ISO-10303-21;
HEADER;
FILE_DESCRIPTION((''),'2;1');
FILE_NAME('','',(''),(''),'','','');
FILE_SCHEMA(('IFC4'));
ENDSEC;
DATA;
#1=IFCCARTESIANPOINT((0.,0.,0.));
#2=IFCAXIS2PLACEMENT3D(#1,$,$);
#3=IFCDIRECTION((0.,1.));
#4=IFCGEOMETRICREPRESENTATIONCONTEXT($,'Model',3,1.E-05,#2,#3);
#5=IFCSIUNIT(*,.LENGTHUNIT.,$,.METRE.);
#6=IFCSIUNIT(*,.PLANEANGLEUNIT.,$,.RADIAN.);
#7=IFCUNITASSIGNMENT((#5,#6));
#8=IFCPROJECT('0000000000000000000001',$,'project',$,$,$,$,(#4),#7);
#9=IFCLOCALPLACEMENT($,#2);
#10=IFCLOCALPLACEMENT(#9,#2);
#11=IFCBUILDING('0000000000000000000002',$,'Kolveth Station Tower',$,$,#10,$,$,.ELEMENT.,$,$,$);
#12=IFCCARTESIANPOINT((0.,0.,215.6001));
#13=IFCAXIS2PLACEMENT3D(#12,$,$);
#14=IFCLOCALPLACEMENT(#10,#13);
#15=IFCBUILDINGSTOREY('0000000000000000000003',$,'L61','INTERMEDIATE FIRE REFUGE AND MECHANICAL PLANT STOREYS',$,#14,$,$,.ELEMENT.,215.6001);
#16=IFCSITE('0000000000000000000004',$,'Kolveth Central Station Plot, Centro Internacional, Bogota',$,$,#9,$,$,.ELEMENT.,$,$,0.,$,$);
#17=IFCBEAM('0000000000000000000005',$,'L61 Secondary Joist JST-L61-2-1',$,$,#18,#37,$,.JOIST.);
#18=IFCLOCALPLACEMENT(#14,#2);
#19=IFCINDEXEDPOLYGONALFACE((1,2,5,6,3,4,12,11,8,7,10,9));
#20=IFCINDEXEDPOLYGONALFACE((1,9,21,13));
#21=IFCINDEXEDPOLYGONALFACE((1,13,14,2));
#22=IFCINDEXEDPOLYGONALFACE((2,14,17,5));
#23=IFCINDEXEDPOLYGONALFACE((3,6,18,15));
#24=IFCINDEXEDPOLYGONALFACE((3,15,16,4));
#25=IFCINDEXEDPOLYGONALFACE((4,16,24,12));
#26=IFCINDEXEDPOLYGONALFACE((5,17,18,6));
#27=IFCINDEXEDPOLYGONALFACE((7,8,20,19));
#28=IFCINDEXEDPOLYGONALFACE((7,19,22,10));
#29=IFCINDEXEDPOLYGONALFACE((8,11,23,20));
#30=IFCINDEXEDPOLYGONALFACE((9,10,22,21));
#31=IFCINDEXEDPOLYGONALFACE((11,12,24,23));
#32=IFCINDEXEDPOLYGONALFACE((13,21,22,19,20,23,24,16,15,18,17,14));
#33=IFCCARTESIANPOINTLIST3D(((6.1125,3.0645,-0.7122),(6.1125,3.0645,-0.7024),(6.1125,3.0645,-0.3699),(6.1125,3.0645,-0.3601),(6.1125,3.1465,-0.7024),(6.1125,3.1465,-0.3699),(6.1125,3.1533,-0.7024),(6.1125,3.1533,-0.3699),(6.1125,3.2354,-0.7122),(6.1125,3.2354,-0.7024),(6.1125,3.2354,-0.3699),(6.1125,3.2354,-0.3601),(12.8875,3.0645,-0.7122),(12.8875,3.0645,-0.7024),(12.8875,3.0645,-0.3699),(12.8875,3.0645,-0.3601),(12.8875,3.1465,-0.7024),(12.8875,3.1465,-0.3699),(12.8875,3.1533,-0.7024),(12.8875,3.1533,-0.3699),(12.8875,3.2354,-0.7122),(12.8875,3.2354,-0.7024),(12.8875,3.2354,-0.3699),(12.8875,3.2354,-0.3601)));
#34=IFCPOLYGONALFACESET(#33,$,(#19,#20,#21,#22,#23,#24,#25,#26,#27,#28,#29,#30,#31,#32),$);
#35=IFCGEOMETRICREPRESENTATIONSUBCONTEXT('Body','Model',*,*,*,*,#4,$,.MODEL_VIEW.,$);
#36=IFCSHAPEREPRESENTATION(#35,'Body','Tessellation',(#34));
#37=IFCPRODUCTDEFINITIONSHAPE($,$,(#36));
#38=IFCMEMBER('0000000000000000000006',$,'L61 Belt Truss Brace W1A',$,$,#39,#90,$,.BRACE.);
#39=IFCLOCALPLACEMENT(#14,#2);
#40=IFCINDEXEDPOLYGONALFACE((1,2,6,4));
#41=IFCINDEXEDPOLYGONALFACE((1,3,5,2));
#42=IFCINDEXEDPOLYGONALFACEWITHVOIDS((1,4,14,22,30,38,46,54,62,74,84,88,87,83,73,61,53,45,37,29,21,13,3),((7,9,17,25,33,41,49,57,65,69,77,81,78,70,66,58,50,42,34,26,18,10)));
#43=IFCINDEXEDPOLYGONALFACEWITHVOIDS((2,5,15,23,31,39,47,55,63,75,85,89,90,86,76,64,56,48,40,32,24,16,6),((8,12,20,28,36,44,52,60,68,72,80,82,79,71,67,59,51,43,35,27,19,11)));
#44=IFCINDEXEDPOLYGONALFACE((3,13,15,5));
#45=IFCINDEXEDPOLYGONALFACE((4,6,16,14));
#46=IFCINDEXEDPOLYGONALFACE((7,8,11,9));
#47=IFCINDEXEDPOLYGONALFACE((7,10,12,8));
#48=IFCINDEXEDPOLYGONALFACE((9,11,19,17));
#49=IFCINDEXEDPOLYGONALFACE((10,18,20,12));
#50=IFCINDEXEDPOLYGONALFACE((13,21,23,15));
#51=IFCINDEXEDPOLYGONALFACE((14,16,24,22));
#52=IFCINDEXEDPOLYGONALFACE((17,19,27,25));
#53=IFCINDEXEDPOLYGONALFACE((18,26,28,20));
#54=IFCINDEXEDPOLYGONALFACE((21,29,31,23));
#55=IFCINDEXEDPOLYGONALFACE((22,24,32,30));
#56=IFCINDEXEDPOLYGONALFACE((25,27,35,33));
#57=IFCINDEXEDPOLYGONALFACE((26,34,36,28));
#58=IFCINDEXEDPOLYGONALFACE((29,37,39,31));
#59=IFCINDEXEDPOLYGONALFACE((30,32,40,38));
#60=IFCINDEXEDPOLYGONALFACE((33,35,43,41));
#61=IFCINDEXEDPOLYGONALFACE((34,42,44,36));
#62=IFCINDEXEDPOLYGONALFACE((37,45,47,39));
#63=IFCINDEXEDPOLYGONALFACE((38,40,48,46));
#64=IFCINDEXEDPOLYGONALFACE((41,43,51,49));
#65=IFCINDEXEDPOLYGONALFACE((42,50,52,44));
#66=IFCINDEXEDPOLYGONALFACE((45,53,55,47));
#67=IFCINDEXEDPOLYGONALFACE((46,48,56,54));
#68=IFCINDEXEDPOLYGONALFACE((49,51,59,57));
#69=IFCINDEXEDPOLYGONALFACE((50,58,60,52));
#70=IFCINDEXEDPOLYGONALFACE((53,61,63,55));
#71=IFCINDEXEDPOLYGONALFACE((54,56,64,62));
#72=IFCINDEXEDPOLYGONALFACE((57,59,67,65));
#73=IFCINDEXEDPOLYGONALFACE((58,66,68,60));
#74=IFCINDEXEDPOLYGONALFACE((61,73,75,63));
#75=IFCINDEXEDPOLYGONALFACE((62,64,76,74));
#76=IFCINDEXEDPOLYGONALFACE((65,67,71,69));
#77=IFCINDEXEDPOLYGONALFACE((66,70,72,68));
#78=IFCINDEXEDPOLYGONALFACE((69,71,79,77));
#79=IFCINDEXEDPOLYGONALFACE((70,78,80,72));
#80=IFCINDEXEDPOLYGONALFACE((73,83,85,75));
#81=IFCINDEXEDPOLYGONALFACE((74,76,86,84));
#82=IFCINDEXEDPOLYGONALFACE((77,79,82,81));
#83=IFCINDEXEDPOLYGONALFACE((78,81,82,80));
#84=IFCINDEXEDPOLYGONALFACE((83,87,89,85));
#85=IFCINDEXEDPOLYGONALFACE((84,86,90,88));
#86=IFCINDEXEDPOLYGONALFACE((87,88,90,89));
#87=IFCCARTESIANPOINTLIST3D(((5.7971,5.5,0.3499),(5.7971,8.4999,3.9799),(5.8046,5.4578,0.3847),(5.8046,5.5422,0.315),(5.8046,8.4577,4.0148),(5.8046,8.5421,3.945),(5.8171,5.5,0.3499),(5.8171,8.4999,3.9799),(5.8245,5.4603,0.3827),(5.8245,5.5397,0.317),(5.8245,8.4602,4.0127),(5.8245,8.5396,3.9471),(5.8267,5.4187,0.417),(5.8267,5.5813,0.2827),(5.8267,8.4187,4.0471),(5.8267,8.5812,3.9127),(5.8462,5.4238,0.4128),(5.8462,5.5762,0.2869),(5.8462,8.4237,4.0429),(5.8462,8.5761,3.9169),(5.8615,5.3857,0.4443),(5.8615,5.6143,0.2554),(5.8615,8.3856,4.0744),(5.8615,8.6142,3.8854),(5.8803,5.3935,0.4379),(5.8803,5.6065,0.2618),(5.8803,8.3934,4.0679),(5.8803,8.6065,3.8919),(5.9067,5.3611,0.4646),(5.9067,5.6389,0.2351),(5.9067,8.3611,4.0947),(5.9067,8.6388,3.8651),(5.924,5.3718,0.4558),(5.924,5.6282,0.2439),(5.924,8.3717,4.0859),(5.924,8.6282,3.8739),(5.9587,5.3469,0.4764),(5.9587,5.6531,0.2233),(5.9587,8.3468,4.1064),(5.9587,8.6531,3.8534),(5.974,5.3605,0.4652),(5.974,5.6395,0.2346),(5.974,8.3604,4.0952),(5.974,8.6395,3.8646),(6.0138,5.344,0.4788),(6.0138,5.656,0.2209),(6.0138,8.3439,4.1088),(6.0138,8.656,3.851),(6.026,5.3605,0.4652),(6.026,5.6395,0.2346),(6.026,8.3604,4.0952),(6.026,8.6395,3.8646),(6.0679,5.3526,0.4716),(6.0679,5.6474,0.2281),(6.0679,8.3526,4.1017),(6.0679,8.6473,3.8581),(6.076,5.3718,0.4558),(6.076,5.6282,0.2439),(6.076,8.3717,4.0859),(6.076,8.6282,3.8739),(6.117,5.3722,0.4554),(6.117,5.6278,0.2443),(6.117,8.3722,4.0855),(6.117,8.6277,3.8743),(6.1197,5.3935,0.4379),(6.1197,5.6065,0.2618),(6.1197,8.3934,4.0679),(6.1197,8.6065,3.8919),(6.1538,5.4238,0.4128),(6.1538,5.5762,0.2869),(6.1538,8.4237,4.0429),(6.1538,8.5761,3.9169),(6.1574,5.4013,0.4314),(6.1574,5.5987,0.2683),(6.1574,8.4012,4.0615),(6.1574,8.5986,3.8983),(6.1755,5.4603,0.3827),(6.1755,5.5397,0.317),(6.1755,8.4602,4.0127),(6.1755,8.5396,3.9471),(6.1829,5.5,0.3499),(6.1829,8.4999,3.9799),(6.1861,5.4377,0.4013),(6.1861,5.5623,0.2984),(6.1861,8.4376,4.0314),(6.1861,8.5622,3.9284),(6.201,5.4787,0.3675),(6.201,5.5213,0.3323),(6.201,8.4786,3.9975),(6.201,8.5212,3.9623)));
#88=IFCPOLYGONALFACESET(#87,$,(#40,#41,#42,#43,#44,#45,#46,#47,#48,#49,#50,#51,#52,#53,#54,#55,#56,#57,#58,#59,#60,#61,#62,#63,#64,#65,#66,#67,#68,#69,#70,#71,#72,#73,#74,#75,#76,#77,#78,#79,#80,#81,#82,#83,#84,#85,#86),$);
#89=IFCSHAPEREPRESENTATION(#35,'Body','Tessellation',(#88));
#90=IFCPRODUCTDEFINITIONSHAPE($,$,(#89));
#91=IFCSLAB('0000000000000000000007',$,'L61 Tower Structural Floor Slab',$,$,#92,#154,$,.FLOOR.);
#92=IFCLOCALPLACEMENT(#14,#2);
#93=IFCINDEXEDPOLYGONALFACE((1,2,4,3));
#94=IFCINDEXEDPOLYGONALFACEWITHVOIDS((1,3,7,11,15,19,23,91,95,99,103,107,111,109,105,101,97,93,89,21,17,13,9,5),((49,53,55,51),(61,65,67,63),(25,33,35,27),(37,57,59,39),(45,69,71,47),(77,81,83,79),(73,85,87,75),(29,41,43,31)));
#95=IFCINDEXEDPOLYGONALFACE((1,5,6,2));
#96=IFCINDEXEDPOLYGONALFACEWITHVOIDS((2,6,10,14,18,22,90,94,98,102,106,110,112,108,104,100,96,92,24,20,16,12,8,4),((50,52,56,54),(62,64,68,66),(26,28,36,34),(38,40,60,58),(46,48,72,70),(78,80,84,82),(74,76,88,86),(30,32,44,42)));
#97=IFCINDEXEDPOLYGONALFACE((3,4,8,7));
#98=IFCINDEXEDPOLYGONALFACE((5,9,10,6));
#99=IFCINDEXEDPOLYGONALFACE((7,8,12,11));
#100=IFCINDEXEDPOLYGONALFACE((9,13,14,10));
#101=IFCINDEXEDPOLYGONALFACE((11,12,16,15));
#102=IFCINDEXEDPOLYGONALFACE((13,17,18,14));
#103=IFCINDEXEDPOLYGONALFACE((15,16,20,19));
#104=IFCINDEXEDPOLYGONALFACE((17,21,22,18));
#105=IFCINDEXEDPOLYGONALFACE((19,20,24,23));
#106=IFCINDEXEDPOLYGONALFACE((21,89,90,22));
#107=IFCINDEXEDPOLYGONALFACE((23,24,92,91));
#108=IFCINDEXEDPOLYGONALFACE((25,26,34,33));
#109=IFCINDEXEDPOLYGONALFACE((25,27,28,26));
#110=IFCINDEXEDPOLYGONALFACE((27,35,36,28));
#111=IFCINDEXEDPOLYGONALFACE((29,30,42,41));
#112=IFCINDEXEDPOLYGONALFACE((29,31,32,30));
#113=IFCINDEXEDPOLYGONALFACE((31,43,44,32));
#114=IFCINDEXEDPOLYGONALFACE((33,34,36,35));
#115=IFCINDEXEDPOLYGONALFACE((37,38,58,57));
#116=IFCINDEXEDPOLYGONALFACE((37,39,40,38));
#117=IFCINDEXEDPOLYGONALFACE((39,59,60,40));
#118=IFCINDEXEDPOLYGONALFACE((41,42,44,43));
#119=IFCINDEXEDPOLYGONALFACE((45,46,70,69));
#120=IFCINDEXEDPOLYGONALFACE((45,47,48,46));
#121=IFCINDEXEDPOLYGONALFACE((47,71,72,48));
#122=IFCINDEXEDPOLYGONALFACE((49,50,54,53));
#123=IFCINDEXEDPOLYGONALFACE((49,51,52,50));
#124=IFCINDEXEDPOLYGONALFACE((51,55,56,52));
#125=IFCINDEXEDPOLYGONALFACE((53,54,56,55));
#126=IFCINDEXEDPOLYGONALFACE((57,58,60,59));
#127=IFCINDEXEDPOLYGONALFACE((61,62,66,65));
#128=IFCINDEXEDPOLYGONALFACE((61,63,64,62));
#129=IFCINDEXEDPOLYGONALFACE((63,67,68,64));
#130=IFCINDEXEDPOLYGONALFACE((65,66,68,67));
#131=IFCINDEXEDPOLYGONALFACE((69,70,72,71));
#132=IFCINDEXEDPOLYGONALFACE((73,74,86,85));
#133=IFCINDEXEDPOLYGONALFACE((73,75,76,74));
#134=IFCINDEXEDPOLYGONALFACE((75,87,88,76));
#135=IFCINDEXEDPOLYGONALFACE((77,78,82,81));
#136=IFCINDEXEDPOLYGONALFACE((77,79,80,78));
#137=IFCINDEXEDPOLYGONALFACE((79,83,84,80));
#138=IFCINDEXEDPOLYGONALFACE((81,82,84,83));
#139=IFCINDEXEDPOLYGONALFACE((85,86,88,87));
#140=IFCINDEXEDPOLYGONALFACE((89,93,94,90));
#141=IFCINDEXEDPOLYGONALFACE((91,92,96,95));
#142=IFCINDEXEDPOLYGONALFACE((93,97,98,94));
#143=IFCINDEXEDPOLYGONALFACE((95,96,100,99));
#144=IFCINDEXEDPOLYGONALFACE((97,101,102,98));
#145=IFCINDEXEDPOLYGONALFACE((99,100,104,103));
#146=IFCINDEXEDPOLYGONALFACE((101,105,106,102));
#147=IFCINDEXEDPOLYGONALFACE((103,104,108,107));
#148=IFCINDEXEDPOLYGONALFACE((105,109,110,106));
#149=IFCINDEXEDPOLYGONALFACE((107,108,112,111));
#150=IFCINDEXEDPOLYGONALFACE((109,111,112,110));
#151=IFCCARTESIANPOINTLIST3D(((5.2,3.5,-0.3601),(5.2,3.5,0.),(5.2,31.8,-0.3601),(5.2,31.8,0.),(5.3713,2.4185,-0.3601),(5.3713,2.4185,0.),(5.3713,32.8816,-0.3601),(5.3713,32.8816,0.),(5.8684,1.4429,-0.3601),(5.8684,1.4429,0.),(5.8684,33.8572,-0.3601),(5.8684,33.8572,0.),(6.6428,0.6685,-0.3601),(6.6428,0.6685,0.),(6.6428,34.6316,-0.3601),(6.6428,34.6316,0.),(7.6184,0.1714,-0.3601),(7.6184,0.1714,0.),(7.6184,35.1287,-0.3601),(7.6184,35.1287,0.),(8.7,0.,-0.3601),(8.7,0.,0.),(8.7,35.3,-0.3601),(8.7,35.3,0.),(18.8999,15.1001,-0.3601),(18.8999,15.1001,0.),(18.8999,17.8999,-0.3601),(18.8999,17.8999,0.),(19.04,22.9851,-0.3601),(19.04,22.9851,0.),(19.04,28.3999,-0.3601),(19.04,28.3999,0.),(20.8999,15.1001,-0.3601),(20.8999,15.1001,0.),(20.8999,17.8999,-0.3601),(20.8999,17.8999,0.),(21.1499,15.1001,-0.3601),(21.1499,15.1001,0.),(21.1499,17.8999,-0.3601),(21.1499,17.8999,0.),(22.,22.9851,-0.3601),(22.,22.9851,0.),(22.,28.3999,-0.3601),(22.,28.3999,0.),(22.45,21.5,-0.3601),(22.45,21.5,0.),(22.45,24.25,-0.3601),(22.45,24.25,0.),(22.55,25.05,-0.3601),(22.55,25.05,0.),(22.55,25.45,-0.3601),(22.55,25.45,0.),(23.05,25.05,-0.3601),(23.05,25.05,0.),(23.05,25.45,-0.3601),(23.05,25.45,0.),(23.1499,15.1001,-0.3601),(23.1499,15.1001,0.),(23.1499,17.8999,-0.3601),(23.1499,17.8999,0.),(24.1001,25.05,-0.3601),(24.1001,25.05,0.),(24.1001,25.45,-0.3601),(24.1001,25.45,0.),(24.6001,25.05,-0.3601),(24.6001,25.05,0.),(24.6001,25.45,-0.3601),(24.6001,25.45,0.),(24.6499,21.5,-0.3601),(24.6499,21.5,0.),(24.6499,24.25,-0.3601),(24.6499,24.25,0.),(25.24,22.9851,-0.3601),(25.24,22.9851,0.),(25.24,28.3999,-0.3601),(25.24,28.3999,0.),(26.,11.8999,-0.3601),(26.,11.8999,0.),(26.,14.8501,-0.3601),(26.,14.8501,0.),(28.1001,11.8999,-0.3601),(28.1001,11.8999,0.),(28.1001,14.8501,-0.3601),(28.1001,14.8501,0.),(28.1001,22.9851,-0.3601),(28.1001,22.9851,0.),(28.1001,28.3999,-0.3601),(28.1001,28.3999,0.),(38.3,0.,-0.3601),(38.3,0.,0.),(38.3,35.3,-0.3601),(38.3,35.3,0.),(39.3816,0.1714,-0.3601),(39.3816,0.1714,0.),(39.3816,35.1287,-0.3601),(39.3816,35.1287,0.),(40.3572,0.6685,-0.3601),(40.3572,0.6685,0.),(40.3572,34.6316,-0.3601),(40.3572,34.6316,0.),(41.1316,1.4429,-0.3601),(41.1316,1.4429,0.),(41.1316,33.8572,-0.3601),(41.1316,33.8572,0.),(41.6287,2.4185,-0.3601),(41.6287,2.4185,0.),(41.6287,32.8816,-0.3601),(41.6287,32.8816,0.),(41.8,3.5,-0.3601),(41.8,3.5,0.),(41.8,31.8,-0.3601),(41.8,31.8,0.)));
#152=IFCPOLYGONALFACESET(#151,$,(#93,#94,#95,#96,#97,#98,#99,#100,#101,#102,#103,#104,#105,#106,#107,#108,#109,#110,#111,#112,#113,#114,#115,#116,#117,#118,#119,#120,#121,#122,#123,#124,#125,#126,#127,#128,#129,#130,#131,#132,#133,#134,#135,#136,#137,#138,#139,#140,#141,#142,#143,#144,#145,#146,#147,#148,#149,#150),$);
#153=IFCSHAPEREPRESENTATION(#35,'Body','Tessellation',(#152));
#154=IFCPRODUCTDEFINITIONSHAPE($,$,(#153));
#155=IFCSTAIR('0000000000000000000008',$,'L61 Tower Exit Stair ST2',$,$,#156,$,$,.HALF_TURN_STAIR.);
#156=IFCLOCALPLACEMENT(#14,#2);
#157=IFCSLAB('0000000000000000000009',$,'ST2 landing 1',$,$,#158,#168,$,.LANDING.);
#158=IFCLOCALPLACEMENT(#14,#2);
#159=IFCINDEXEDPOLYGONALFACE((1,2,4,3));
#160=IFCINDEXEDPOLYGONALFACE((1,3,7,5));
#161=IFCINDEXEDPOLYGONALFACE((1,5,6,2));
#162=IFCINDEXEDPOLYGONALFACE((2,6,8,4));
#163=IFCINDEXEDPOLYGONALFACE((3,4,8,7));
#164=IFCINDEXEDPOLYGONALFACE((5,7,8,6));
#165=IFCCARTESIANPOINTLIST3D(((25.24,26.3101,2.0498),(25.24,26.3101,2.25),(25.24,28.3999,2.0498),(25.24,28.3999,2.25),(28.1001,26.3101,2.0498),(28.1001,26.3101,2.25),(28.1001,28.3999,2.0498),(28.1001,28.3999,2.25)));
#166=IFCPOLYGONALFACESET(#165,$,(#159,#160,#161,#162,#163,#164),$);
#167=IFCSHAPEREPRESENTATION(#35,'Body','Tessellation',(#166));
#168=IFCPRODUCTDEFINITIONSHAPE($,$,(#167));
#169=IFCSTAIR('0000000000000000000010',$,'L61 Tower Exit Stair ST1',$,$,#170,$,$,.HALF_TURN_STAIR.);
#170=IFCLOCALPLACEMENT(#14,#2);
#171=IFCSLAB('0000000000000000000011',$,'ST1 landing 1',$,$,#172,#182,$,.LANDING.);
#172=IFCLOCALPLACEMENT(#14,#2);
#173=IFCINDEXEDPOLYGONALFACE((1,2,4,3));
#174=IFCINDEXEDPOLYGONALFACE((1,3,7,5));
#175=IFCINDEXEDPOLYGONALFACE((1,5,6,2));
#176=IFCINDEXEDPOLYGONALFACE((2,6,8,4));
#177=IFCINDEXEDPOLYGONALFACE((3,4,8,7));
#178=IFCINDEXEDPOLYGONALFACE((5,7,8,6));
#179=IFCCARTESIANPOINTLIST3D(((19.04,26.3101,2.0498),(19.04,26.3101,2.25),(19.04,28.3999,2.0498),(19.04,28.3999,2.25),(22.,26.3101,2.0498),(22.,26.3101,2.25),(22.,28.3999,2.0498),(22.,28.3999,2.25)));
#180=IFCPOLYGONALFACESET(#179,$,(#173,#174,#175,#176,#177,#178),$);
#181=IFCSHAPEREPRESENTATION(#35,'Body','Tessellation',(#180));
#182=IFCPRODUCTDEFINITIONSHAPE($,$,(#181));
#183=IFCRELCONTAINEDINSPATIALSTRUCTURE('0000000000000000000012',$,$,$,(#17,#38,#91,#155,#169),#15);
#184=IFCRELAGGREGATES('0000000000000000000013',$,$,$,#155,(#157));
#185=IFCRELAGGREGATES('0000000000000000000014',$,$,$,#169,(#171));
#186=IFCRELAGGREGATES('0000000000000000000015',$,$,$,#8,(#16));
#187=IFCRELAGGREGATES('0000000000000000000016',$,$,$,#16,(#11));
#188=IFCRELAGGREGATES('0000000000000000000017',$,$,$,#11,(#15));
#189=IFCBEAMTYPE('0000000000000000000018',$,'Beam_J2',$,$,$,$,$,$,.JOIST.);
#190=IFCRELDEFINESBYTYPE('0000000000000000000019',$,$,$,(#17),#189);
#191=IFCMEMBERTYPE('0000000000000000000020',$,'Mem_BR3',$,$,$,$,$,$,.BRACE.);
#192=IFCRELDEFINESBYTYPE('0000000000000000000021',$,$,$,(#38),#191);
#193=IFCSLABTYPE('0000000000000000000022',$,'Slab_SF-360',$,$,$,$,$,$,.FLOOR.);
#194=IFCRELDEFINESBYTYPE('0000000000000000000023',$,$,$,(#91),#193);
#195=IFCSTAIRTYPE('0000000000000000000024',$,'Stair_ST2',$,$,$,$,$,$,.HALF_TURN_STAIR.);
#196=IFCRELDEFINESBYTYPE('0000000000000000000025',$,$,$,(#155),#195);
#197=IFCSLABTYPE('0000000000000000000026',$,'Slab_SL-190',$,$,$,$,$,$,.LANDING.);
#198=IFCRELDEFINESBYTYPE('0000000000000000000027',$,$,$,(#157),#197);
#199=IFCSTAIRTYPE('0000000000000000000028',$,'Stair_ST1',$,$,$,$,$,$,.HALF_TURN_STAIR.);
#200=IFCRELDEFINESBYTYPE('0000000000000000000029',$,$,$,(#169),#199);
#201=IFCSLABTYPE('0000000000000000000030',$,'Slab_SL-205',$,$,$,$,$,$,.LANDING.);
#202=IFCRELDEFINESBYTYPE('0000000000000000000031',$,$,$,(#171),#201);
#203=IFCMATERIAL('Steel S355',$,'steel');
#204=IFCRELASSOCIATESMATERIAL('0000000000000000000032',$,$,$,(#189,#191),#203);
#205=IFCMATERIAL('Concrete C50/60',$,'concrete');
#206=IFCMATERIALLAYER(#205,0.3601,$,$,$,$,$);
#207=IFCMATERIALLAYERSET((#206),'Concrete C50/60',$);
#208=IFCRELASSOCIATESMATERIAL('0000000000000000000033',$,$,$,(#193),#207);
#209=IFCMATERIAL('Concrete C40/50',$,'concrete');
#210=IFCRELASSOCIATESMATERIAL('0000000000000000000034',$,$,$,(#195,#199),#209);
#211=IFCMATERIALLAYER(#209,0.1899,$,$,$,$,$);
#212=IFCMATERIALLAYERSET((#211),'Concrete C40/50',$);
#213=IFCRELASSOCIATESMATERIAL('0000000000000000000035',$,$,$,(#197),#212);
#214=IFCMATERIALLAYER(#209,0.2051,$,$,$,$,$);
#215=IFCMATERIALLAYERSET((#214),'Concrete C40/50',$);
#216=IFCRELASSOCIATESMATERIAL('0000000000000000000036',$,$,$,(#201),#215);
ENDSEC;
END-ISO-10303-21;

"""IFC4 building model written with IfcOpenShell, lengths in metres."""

from ifc_helpers import new_model, si_unit, direction, frame, origin, origin_2d, place, context, subcontext, project, spatial, polyline, hollow_circle, i_section, outline, extrude, source, transform, mapped, material, layer, layer_set, material_profile, profile_set, type_object, element, aggregate, save


model = new_model("IFC4")

# Units and contexts
model_context = context("Model", 3, precision=1e-05, world=origin(), true_north=direction((0.0, 1.0)))
body_context = subcontext(model_context, "Body", "Model", "MODEL_VIEW")
ifc_project = project(units=[si_unit("LENGTHUNIT", "METRE"), si_unit("PLANEANGLEUNIT", "RADIAN")], contexts=[model_context])

# Site, building, storey
site_placement = place(None, origin())
site = spatial("IfcSite", under=ifc_project, at=site_placement, Name="Kolveth Central Station Plot, Centro Internacional, Bogota", CompositionType="ELEMENT", RefElevation=0.0)
building_placement = place(site_placement, origin())
building = spatial("IfcBuilding", under=site, at=building_placement, Name="Kolveth Station Tower", CompositionType="ELEMENT")
storey_placement = place(building_placement, frame((0.0, 0.0, 215.6001)))
storey = spatial("IfcBuildingStorey", under=building, at=storey_placement, Name="L61", Description="INTERMEDIATE FIRE REFUGE AND MECHANICAL PLANT STOREYS", CompositionType="ELEMENT", Elevation=215.6001)

# Shared definitions
ifc_material_1 = material(Name="Steel S355", Category="steel")

# Beam
ifc_material_profile_1 = material_profile(ifc_material_1, i_section(OverallWidth=0.1709, OverallDepth=0.3521, WebThickness=0.0068, FlangeThickness=0.0098, at=origin_2d()), Name="W360x44")
ifc_profile_set_1 = profile_set([ifc_material_profile_1], Name="Steel S355")
beam_type_1 = type_object("IfcBeamType", Name="Beam_J2", PredefinedType="JOIST", material=ifc_profile_set_1)
shared_shape_1 = source(origin(), body_context, "Body", "SweptSolid", [
    extrude(i_section(OverallWidth=0.1709, OverallDepth=0.3521, WebThickness=0.0068, FlangeThickness=0.0098, at=origin_2d()), origin(), (0.0, 0.0, 1.0), 6.7749),
])
beam_1_placement = place(storey_placement, frame((6.1125, 3.1499, -0.5361), z_axis=(1.0, 0.0, 0.0), x_axis=(0.0, 1.0, 0.0)))
element("IfcBeam", 1, at=beam_1_placement, inside=storey, type_object=beam_type_1, Name="L61 Secondary Joist JST-L61-2-1", PredefinedType="JOIST", context=body_context, shape_type="MappedRepresentation", body=[
    mapped(shared_shape_1, transform((0.0, 0.0, 0.0), x_axis=(1.0, 0.0, 0.0), y_axis=(0.0, 1.0, 0.0), z_axis=(0.0, 0.0, 1.0), scale=1.0)),
])

# Member
ifc_material_profile_2 = material_profile(ifc_material_1, hollow_circle(Radius=0.2029, WallThickness=0.02, at=origin_2d()), Name="CHS406x20")
ifc_profile_set_2 = profile_set([ifc_material_profile_2], Name="Steel S355")
member_type = type_object("IfcMemberType", Name="Mem_BR3", PredefinedType="BRACE", material=ifc_profile_set_2)
shared_shape_2 = source(origin(), body_context, "Body", "SweptSolid", [
    extrude(hollow_circle(Radius=0.2029, WallThickness=0.02, at=origin_2d()), origin(), (0.0, 0.0, 1.0), 4.7092),
])
member_placement = place(storey_placement, frame((6.0, 5.5, 0.3499), z_axis=(0.0, 0.637033, 0.770837), x_axis=(-1.0, 0.0, 0.0)))
element("IfcMember", 2, at=member_placement, inside=storey, type_object=member_type, Name="L61 Belt Truss Brace W1A", PredefinedType="BRACE", context=body_context, shape_type="MappedRepresentation", body=[
    mapped(shared_shape_2, transform((0.0, 0.0, 0.0), x_axis=(1.0, 0.0, 0.0), y_axis=(0.0, 1.0, 0.0), z_axis=(0.0, 0.0, 1.0), scale=1.0)),
])

# Slab
ifc_material_2 = material(Name="Concrete C50/60", Category="concrete")
ifc_layer_1 = layer(ifc_material_2, 0.3601)
ifc_layer_set_1 = layer_set([ifc_layer_1], Name="Concrete C50/60")
slab_type_1 = type_object("IfcSlabType", Name="Slab_SF-360", PredefinedType="FLOOR", material=ifc_layer_set_1)
slab_1_placement = place(storey_placement, frame((0.0, 0.0, -0.3601)))
element("IfcSlab", 3, at=slab_1_placement, inside=storey, type_object=slab_type_1, Name="L61 Tower Structural Floor Slab", PredefinedType="FLOOR", context=body_context, shape_type="SweptSolid", body=[
    extrude(outline(polyline([(38.3, 0.0), (39.3816, 0.1714), (40.3572, 0.6685), (41.1316, 1.4429), (41.6287, 2.4185), (41.8, 3.5), (41.8, 31.8), (41.6287, 32.8816), (41.1316, 33.8572), (40.3572, 34.6316), (39.3816, 35.1287), (38.3, 35.3), (8.7, 35.3), (7.6184, 35.1287), (6.6428, 34.6316), (5.8684, 33.8572), (5.3713, 32.8816), (5.2, 31.8), (5.2, 3.5), (5.3713, 2.4185), (5.8684, 1.4429), (6.6428, 0.6685), (7.6184, 0.1714), (8.7, 0.0), (38.3, 0.0)]), holes=[polyline([(19.04, 22.9851), (22.0, 22.9851), (22.0, 28.3999), (19.04, 28.3999), (19.04, 22.9851)]), polyline([(25.24, 22.9851), (28.1001, 22.9851), (28.1001, 28.3999), (25.24, 28.3999), (25.24, 22.9851)]), polyline([(18.8999, 15.1001), (20.8999, 15.1001), (20.8999, 17.8999), (18.8999, 17.8999), (18.8999, 15.1001)]), polyline([(21.1499, 15.1001), (23.1499, 15.1001), (23.1499, 17.8999), (21.1499, 17.8999), (21.1499, 15.1001)]), polyline([(22.45, 21.5), (24.6499, 21.5), (24.6499, 24.25), (22.45, 24.25), (22.45, 21.5)]), polyline([(26.0, 11.8999), (28.1001, 11.8999), (28.1001, 14.8501), (26.0, 14.8501), (26.0, 11.8999)]), polyline([(22.55, 25.05), (23.05, 25.05), (23.05, 25.45), (22.55, 25.45), (22.55, 25.05)]), polyline([(24.1001, 25.05), (24.6001, 25.05), (24.6001, 25.45), (24.1001, 25.45), (24.1001, 25.05)])]), origin(), (0.0, 0.0, 1.0), 0.3601),
])

# Stairs, slabs
ifc_material_3 = material(Name="Concrete C40/50", Category="concrete")
stair_type_1 = type_object("IfcStairType", Name="Stair_ST2", PredefinedType="HALF_TURN_STAIR", material=ifc_material_3)
stair_1_placement = place(storey_placement, origin())
stair_1 = element("IfcStair", 4, at=stair_1_placement, inside=storey, type_object=stair_type_1, Name="L61 Tower Exit Stair ST2", PredefinedType="HALF_TURN_STAIR")
ifc_layer_2 = layer(ifc_material_3, 0.1899)
ifc_layer_set_2 = layer_set([ifc_layer_2], Name="Concrete C40/50")
slab_type_2 = type_object("IfcSlabType", Name="Slab_SL-190", PredefinedType="LANDING", material=ifc_layer_set_2)
slab_2_placement = place(storey_placement, frame((0.0, 0.0, 2.0498)))
slab_2 = element("IfcSlab", 5, at=slab_2_placement, type_object=slab_type_2, Name="ST2 landing 1", PredefinedType="LANDING", context=body_context, shape_type="SweptSolid", body=[
    extrude(outline(polyline([(28.1001, 26.3101), (28.1001, 28.3999), (25.24, 28.3999), (25.24, 26.3101), (28.1001, 26.3101)])), origin(), (0.0, 0.0, 1.0), 0.2002),
])
aggregate(stair_1, [slab_2])
stair_type_2 = type_object("IfcStairType", Name="Stair_ST1", PredefinedType="HALF_TURN_STAIR", material=ifc_material_3)
stair_2_placement = place(storey_placement, origin())
stair_2 = element("IfcStair", 6, at=stair_2_placement, inside=storey, type_object=stair_type_2, Name="L61 Tower Exit Stair ST1", PredefinedType="HALF_TURN_STAIR")
ifc_layer_3 = layer(ifc_material_3, 0.2051)
ifc_layer_set_3 = layer_set([ifc_layer_3], Name="Concrete C40/50")
slab_type_3 = type_object("IfcSlabType", Name="Slab_SL-205", PredefinedType="LANDING", material=ifc_layer_set_3)
slab_3_placement = place(storey_placement, frame((0.0, 0.0, 2.0498)))
slab_3 = element("IfcSlab", 7, at=slab_3_placement, type_object=slab_type_3, Name="ST1 landing 1", PredefinedType="LANDING", context=body_context, shape_type="SweptSolid", body=[
    extrude(outline(polyline([(22.0, 26.3101), (22.0, 28.3999), (19.04, 28.3999), (19.04, 26.3101), (22.0, 26.3101)])), origin(), (0.0, 0.0, 1.0), 0.2002),
])
aggregate(stair_2, [slab_3])

save(model, "model.ifc")
